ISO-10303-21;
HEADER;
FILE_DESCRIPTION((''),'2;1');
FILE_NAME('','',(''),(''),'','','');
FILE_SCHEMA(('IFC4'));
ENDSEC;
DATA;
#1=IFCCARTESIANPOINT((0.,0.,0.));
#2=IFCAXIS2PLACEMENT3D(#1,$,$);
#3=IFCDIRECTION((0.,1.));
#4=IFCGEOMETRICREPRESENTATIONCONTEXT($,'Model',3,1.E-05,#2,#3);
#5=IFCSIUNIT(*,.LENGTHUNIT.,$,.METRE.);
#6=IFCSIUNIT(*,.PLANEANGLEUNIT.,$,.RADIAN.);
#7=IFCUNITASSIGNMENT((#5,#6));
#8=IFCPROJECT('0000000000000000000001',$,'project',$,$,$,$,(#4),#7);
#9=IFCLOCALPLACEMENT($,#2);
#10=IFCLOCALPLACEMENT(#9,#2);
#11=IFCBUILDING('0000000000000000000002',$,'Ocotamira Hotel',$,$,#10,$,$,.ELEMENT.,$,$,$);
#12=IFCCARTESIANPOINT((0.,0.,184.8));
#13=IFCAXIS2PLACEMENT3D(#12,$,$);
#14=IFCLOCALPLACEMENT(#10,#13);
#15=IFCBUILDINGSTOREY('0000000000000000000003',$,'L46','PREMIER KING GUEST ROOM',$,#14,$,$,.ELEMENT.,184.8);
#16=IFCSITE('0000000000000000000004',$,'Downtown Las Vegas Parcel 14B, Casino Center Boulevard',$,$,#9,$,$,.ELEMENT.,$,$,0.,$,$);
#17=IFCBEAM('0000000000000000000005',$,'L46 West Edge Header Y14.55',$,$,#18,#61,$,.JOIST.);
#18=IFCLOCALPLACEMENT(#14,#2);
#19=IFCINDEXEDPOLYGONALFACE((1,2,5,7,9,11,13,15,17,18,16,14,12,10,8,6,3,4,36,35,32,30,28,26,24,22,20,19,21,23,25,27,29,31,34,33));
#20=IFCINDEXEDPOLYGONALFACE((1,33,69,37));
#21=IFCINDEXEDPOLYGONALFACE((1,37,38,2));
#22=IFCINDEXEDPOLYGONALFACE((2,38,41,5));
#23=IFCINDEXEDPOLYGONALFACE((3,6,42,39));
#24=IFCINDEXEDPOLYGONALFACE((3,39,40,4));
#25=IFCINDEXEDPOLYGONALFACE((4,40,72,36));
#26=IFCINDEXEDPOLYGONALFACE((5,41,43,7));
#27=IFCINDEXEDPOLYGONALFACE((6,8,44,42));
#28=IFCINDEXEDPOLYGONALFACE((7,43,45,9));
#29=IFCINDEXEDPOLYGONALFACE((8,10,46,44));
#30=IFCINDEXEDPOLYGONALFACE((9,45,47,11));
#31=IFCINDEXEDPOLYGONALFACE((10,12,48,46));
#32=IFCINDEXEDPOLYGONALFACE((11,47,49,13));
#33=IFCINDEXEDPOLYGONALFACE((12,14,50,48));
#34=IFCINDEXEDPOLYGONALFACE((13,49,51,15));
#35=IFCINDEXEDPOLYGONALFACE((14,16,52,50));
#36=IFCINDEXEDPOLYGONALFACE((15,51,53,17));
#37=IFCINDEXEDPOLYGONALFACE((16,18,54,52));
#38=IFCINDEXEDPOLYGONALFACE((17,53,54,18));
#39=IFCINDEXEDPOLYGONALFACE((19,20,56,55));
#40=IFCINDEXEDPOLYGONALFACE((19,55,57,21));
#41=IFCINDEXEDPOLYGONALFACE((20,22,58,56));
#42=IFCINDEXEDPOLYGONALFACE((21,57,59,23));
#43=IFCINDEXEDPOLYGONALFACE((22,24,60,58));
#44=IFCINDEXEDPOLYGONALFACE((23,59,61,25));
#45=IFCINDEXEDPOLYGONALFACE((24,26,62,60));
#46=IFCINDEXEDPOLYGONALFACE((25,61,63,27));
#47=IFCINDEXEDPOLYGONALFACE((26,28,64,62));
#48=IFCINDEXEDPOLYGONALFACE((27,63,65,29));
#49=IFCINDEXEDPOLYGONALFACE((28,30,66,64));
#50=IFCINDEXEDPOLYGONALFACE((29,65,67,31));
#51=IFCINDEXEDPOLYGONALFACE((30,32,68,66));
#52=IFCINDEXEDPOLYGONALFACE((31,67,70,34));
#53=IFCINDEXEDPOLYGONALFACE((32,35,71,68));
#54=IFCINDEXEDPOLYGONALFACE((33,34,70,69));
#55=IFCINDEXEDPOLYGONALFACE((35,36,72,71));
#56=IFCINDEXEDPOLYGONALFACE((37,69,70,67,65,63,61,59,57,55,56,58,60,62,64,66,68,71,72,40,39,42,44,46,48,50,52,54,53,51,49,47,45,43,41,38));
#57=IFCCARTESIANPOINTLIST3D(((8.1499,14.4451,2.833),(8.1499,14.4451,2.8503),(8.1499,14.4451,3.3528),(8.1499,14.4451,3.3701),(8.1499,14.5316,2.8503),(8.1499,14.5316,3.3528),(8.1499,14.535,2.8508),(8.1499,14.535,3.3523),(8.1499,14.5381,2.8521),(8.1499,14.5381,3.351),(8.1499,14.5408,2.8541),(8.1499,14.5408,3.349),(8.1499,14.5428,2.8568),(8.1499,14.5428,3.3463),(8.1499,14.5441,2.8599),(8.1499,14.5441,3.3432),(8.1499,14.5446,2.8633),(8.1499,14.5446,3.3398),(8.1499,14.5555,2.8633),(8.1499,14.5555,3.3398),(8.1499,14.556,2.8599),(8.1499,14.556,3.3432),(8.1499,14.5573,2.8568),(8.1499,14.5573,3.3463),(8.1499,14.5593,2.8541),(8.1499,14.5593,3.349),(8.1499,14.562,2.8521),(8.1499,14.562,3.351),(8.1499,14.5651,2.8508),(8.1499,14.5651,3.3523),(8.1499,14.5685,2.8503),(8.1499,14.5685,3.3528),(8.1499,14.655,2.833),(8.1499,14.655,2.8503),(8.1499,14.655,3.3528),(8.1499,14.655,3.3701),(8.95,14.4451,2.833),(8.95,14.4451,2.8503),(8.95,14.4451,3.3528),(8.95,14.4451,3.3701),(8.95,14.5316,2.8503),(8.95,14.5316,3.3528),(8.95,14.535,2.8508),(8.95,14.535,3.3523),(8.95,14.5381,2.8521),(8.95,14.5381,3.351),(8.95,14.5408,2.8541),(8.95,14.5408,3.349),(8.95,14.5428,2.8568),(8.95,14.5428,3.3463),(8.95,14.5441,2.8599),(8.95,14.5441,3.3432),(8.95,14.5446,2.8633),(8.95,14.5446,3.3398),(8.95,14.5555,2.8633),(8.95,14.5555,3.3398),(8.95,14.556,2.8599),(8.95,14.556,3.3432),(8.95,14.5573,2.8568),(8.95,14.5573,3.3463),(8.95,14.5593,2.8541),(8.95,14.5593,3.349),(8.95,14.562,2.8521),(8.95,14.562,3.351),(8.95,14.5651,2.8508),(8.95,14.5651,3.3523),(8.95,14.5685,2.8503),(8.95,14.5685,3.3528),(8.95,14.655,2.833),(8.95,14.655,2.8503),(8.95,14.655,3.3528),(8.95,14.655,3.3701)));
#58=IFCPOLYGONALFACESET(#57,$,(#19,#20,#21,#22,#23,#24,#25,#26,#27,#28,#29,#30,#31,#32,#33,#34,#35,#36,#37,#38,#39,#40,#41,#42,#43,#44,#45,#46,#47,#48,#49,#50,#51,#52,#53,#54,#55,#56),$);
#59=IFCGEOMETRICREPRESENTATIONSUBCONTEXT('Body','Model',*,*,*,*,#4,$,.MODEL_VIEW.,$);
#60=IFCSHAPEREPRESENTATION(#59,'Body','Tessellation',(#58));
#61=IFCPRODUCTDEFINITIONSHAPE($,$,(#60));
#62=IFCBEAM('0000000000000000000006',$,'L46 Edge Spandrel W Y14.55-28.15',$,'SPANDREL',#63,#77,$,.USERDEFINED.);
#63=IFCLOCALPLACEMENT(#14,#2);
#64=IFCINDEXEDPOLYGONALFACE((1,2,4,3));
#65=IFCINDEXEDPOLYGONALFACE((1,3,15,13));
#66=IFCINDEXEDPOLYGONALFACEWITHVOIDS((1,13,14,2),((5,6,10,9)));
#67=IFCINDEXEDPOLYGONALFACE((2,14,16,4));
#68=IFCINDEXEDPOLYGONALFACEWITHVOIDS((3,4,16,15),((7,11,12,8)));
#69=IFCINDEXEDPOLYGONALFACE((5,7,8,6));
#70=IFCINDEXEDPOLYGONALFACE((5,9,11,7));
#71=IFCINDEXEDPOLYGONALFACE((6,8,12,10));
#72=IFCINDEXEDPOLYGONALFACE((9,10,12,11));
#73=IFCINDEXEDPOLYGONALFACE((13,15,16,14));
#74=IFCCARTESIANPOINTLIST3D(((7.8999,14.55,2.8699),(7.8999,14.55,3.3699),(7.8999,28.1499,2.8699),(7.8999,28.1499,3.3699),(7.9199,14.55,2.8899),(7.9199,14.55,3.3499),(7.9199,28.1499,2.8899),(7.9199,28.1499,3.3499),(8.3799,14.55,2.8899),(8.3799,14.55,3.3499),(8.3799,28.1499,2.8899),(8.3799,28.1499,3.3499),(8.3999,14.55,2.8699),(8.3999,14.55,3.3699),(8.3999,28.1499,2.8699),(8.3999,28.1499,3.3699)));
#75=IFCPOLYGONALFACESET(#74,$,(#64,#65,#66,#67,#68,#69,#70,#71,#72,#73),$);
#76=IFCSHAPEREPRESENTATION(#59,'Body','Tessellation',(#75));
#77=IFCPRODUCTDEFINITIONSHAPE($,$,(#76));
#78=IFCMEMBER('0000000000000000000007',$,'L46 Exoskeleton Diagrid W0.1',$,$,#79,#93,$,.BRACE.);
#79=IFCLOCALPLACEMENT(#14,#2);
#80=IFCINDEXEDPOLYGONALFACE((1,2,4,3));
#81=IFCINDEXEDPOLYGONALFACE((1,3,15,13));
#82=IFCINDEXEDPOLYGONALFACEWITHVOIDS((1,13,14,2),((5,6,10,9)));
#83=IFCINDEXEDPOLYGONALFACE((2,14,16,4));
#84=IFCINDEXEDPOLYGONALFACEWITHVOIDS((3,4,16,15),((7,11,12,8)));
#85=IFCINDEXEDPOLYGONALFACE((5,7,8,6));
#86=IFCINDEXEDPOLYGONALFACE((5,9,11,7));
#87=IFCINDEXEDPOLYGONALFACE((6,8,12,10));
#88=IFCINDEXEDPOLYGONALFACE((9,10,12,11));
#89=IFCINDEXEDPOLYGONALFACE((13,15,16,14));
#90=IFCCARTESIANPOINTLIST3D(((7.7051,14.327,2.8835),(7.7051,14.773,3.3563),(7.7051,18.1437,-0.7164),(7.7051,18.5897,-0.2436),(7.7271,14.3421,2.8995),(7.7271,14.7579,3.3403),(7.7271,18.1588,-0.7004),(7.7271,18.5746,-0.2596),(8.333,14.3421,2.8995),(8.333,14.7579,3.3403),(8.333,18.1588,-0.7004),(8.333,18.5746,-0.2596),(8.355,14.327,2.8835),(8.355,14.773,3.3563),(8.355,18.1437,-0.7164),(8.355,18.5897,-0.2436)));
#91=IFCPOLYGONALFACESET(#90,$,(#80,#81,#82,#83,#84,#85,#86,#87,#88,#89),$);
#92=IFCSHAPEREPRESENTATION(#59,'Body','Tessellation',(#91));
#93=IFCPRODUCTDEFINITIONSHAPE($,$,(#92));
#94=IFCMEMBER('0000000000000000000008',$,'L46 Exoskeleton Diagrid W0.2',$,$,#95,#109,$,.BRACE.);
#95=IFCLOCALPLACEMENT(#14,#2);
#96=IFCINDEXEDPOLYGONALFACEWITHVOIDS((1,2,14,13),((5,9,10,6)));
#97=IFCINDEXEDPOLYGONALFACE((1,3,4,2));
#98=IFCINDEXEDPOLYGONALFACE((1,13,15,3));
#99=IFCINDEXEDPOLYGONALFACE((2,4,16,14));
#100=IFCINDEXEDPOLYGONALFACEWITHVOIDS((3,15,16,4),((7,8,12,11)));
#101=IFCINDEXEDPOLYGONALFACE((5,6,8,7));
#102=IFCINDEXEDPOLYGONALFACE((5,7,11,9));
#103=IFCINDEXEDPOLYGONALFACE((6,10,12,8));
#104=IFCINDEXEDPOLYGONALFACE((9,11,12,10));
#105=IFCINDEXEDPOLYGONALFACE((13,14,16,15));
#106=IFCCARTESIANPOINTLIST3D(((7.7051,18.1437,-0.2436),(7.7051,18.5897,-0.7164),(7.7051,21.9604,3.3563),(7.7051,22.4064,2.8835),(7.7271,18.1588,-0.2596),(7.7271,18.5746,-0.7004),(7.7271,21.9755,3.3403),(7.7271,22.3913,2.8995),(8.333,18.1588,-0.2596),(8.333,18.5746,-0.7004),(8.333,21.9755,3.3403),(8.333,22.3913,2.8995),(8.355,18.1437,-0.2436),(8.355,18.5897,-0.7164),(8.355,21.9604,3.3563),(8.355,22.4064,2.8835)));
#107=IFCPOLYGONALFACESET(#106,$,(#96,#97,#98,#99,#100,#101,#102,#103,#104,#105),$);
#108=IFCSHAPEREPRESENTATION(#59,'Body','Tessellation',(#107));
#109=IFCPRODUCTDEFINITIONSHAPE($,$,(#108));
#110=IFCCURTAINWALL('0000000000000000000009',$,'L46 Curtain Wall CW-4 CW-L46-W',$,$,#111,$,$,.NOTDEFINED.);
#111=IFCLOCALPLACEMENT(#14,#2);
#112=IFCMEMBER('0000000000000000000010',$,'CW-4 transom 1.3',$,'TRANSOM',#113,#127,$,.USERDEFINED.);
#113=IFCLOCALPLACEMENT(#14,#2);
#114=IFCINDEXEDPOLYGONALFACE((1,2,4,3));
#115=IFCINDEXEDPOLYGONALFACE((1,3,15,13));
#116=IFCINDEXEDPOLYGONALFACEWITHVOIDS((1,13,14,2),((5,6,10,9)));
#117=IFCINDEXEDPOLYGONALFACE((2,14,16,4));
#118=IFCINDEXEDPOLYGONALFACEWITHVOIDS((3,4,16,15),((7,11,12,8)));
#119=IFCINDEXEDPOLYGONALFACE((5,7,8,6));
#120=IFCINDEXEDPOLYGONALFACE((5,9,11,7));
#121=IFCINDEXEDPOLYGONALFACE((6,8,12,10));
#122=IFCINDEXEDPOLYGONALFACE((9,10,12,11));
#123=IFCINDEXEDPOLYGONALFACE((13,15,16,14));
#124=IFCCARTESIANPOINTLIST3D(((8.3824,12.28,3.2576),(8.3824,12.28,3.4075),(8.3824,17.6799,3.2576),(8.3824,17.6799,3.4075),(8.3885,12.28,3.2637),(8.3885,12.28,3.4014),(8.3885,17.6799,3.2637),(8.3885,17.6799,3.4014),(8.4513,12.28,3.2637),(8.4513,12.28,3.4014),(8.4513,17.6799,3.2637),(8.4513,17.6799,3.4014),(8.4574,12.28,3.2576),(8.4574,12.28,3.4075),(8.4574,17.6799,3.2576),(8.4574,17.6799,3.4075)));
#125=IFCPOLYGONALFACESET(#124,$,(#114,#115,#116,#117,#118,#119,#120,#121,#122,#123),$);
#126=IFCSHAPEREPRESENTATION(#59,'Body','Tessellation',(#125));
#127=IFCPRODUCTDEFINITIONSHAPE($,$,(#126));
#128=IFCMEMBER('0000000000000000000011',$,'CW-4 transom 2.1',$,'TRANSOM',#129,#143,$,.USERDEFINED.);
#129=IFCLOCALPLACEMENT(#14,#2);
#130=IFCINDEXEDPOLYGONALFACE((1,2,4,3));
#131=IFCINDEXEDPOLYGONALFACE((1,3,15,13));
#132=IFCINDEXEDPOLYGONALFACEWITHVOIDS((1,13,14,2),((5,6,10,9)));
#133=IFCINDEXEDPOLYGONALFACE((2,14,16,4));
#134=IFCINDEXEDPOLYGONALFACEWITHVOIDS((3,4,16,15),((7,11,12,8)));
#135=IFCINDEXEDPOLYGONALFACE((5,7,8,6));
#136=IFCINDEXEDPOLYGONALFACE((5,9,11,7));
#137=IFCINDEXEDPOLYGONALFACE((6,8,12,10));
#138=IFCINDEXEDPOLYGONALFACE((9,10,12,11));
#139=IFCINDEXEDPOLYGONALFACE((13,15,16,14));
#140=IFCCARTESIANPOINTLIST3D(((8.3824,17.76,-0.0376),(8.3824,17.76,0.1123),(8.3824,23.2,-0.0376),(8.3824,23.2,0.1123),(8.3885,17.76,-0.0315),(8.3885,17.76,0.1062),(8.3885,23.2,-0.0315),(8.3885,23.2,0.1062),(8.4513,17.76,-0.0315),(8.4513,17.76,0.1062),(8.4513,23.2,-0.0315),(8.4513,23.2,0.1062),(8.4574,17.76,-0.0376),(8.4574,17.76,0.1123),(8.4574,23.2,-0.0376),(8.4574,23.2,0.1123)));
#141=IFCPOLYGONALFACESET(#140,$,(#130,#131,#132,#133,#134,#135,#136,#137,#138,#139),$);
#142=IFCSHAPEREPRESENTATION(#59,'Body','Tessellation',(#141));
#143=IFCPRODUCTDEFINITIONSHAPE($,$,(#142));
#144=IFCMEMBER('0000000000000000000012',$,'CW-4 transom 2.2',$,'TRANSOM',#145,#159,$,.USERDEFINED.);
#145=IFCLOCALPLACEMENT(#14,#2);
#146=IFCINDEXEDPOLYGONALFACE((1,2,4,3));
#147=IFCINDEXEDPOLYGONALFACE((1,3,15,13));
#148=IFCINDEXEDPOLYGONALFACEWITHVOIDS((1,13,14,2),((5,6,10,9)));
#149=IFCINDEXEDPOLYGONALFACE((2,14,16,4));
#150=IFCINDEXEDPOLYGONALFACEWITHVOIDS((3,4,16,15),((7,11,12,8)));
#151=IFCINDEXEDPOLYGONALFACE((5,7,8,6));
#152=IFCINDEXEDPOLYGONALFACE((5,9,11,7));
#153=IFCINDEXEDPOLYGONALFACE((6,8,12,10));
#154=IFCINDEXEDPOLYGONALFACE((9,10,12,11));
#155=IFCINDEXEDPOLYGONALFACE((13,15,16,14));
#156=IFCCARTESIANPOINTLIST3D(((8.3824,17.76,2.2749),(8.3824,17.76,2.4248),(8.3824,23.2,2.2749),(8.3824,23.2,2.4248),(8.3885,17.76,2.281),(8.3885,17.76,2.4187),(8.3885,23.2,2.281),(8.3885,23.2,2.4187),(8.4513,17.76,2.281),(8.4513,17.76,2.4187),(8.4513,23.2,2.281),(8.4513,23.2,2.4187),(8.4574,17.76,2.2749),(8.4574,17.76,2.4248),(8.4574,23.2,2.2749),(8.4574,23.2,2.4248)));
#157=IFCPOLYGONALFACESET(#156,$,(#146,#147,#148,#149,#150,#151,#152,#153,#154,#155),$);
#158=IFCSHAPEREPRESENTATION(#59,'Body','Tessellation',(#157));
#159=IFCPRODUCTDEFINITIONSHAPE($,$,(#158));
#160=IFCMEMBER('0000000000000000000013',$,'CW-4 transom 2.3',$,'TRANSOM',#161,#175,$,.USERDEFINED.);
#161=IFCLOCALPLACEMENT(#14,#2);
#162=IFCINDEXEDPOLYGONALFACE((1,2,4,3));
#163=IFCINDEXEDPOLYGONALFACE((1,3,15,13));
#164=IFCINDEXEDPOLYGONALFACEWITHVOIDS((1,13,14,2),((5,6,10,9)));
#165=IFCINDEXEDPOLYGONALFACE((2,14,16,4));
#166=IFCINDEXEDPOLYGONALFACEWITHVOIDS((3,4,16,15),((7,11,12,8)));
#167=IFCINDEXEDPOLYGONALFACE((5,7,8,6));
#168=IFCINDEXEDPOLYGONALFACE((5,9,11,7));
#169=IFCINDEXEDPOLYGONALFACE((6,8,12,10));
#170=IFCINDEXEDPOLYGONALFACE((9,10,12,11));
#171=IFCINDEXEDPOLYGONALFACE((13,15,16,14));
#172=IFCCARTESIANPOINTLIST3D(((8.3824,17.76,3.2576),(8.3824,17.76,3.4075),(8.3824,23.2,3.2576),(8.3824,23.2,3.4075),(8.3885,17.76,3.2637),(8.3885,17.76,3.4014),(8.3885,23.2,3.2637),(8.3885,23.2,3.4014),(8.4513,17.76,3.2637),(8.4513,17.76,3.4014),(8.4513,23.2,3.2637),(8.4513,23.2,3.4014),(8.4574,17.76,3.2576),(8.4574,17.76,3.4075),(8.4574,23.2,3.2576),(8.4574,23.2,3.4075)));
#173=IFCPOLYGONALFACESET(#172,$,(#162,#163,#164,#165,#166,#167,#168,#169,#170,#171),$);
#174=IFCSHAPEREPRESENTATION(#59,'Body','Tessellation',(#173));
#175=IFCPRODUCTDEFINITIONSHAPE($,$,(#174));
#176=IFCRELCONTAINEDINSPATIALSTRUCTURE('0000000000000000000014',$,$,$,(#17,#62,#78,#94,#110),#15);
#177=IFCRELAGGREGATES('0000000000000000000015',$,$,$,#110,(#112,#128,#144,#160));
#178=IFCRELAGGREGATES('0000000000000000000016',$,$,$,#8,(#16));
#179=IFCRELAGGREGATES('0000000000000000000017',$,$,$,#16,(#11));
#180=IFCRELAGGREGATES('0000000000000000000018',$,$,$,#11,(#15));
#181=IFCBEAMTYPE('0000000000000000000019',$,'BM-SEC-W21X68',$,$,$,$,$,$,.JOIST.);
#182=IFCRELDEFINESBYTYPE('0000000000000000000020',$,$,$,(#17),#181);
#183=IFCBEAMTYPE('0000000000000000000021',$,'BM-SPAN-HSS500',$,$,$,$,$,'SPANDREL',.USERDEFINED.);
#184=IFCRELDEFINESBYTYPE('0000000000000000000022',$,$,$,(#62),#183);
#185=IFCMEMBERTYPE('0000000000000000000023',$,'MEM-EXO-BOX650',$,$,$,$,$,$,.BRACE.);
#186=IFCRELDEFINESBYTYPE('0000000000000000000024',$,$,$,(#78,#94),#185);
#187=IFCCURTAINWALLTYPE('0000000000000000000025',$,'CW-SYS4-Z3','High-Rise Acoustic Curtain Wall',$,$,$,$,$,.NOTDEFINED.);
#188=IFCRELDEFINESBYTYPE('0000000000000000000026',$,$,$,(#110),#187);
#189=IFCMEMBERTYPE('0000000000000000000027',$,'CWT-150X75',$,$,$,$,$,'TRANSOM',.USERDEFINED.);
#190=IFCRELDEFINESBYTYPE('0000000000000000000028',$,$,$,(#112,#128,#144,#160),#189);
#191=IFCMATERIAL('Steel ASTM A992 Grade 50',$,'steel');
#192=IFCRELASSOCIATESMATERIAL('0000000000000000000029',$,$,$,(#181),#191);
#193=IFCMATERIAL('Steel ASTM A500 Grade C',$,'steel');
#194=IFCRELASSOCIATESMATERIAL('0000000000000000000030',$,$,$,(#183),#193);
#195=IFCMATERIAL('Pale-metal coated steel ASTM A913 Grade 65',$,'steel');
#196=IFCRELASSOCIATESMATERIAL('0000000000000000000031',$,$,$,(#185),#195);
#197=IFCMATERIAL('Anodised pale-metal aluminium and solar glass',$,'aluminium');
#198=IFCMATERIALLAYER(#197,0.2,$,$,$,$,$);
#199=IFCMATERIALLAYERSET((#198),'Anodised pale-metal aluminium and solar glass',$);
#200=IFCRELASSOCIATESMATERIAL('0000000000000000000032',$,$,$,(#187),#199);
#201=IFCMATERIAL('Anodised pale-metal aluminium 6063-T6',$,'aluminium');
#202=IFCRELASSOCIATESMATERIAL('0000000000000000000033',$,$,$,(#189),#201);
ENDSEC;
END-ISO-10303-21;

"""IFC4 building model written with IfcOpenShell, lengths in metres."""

from ifc_helpers import new_model, si_unit, direction, frame, origin, origin_2d, place, context, subcontext, project, spatial, hollow_rectangle, i_section, extrude, source, transform, mapped, material, layer, layer_set, material_profile, profile_set, type_object, element, aggregate, save


model = new_model("IFC4")

# Units and contexts
model_context = context("Model", 3, precision=1e-05, world=origin(), true_north=direction((0.0, 1.0)))
body_context = subcontext(model_context, "Body", "Model", "MODEL_VIEW")
ifc_project = project(units=[si_unit("LENGTHUNIT", "METRE"), si_unit("PLANEANGLEUNIT", "RADIAN")], contexts=[model_context])

# Site, building, storey
site_placement = place(None, origin())
site = spatial("IfcSite", under=ifc_project, at=site_placement, Name="Downtown Las Vegas Parcel 14B, Casino Center Boulevard", CompositionType="ELEMENT", RefElevation=0.0)
building_placement = place(site_placement, origin())
building = spatial("IfcBuilding", under=site, at=building_placement, Name="Ocotamira Hotel", CompositionType="ELEMENT")
storey_placement = place(building_placement, frame((0.0, 0.0, 184.8)))
storey = spatial("IfcBuildingStorey", under=building, at=storey_placement, Name="L46", Description="PREMIER KING GUEST ROOM", CompositionType="ELEMENT", Elevation=184.8)

# Beams
ifc_material_1 = material(Name="Steel ASTM A992 Grade 50", Category="steel")
ifc_material_profile_1 = material_profile(ifc_material_1, i_section(OverallWidth=0.21, OverallDepth=0.5371, WebThickness=0.011, FlangeThickness=0.0173, FilletRadius=0.0129, at=origin_2d()), Name="W21X68")
ifc_profile_set_1 = profile_set([ifc_material_profile_1], Name="Steel ASTM A992 Grade 50")
beam_type_1 = type_object("IfcBeamType", Name="BM-SEC-W21X68", PredefinedType="JOIST", material=ifc_profile_set_1)
shared_shape_1 = source(origin(), body_context, "Body", "SweptSolid", [
    extrude(i_section(OverallWidth=0.21, OverallDepth=0.5371, WebThickness=0.011, FlangeThickness=0.0173, FilletRadius=0.0129, at=origin_2d()), origin(), (0.0, 0.0, 1.0), 0.8),
])
beam_1_placement = place(storey_placement, frame((8.95, 14.55, 3.1016), z_axis=(-1.0, 0.0, 0.0), x_axis=(0.0, -1.0, 0.0)))
element("IfcBeam", 1, at=beam_1_placement, inside=storey, type_object=beam_type_1, Name="L46 West Edge Header Y14.55", PredefinedType="JOIST", context=body_context, shape_type="MappedRepresentation", body=[
    mapped(shared_shape_1, transform((0.0, 0.0, 0.0), scale=1.0)),
])
ifc_material_2 = material(Name="Steel ASTM A500 Grade C", Category="steel")
ifc_material_profile_2 = material_profile(ifc_material_2, hollow_rectangle(XDim=0.5, YDim=0.5, WallThickness=0.02, at=origin_2d()), Name="HSS500X500X20")
ifc_profile_set_2 = profile_set([ifc_material_profile_2], Name="Steel ASTM A500 Grade C")
beam_type_2 = type_object("IfcBeamType", Name="BM-SPAN-HSS500", ElementType="SPANDREL", PredefinedType="USERDEFINED", material=ifc_profile_set_2)
shared_shape_2 = source(origin(), body_context, "Body", "SweptSolid", [
    extrude(hollow_rectangle(XDim=0.5, YDim=0.5, WallThickness=0.02, at=origin_2d()), origin(), (0.0, 0.0, 1.0), 13.5999),
])
beam_2_placement = place(storey_placement, frame((8.1499, 14.55, 3.1199), z_axis=(0.0, 1.0, 0.0), x_axis=(-1.0, 0.0, 0.0)))
element("IfcBeam", 2, at=beam_2_placement, inside=storey, type_object=beam_type_2, Name="L46 Edge Spandrel W Y14.55-28.15", ObjectType="SPANDREL", PredefinedType="USERDEFINED", context=body_context, shape_type="MappedRepresentation", body=[
    mapped(shared_shape_2, transform((0.0, 0.0, 0.0), scale=1.0)),
])

# Members
ifc_material_3 = material(Name="Pale-metal coated steel ASTM A913 Grade 65", Category="steel")
ifc_material_profile_3 = material_profile(ifc_material_3, hollow_rectangle(XDim=0.6499, YDim=0.6499, WallThickness=0.022, at=origin_2d()), Name="BOX650X650X22")
ifc_profile_set_3 = profile_set([ifc_material_profile_3], Name="Pale-metal coated steel ASTM A913 Grade 65")
member_type_1 = type_object("IfcMemberType", Name="MEM-EXO-BOX650", PredefinedType="BRACE", material=ifc_profile_set_3)
shared_shape_3 = source(origin(), body_context, "Body", "SweptSolid", [
    extrude(hollow_rectangle(XDim=0.6499, YDim=0.6499, WallThickness=0.022, at=origin_2d()), origin(), (0.0, 0.0, 1.0), 5.2466),
])
for number, where, z_axis, x_axis, name in (
    (3, (8.03, 18.3667, -0.48), (0.0, -0.727466, 0.686144), (1.0, 0.0, 0.0), "L46 Exoskeleton Diagrid W0.1"),
    (4, (8.03, 18.3667, -0.48), (0.0, 0.727466, 0.686144), (-1.0, 0.0, 0.0), "L46 Exoskeleton Diagrid W0.2"),
):
    element("IfcMember", number, at=place(storey_placement, frame(where, z_axis=z_axis, x_axis=x_axis)), inside=storey, type_object=member_type_1, Name=name, PredefinedType="BRACE", context=body_context, shape_type="MappedRepresentation", body=[
        mapped(shared_shape_3, transform((0.0, 0.0, 0.0), scale=1.0)),
    ])

# Curtain wall, members
ifc_material_4 = material(Name="Anodised pale-metal aluminium and solar glass", Category="aluminium")
ifc_layer_1 = layer(ifc_material_4, 0.2)
ifc_layer_set_1 = layer_set([ifc_layer_1], Name="Anodised pale-metal aluminium and solar glass")
curtain_wall_type = type_object("IfcCurtainWallType", Name="CW-SYS4-Z3", Description="High-Rise Acoustic Curtain Wall", PredefinedType="NOTDEFINED", material=ifc_layer_set_1)
curtain_wall_placement = place(storey_placement, origin())
curtain_wall = element("IfcCurtainWall", 5, at=curtain_wall_placement, inside=storey, type_object=curtain_wall_type, Name="L46 Curtain Wall CW-4 CW-L46-W", PredefinedType="NOTDEFINED")
ifc_material_5 = material(Name="Anodised pale-metal aluminium 6063-T6", Category="aluminium")
ifc_material_profile_4 = material_profile(ifc_material_5, hollow_rectangle(XDim=0.075, YDim=0.1499, WallThickness=0.0061, at=origin_2d()), Name="HSS150X75X6")
ifc_profile_set_4 = profile_set([ifc_material_profile_4], Name="Anodised pale-metal aluminium 6063-T6")
member_type_2 = type_object("IfcMemberType", Name="CWT-150X75", ElementType="TRANSOM", PredefinedType="USERDEFINED", material=ifc_profile_set_4)
shared_shape_4 = source(origin(), body_context, "Body", "SweptSolid", [
    extrude(hollow_rectangle(XDim=0.075, YDim=0.1499, WallThickness=0.0061, at=origin_2d()), origin(), (0.0, 0.0, 1.0), 5.3999),
])
member_1_placement = place(storey_placement, frame((8.4199, 12.28, 3.3325), z_axis=(0.0, 1.0, 0.0), x_axis=(-1.0, 0.0, 0.0)))
member_1 = element("IfcMember", 6, at=member_1_placement, type_object=member_type_2, Name="CW-4 transom 1.3", ObjectType="TRANSOM", PredefinedType="USERDEFINED", context=body_context, shape_type="MappedRepresentation", body=[
    mapped(shared_shape_4, transform((0.0, 0.0, 0.0), scale=1.0)),
])
shared_shape_5 = source(origin(), body_context, "Body", "SweptSolid", [
    extrude(hollow_rectangle(XDim=0.075, YDim=0.1499, WallThickness=0.0061, at=origin_2d()), origin(), (0.0, 0.0, 1.0), 5.4399),
])
member_2_placement = place(storey_placement, frame((8.4199, 17.76, 0.0374), z_axis=(0.0, 1.0, 0.0), x_axis=(-1.0, 0.0, 0.0)))
member_2 = element("IfcMember", 7, at=member_2_placement, type_object=member_type_2, Name="CW-4 transom 2.1", ObjectType="TRANSOM", PredefinedType="USERDEFINED", context=body_context, shape_type="MappedRepresentation", body=[
    mapped(shared_shape_5, transform((0.0, 0.0, 0.0), scale=1.0)),
])
member_3_placement = place(storey_placement, frame((8.4199, 17.76, 2.3499), z_axis=(0.0, 1.0, 0.0), x_axis=(-1.0, 0.0, 0.0)))
member_3 = element("IfcMember", 8, at=member_3_placement, type_object=member_type_2, Name="CW-4 transom 2.2", ObjectType="TRANSOM", PredefinedType="USERDEFINED", context=body_context, shape_type="MappedRepresentation", body=[
    mapped(shared_shape_5, transform((0.0, 0.0, 0.0), scale=1.0)),
])
member_4_placement = place(storey_placement, frame((8.4199, 17.76, 3.3325), z_axis=(0.0, 1.0, 0.0), x_axis=(-1.0, 0.0, 0.0)))
member_4 = element("IfcMember", 9, at=member_4_placement, type_object=member_type_2, Name="CW-4 transom 2.3", ObjectType="TRANSOM", PredefinedType="USERDEFINED", context=body_context, shape_type="MappedRepresentation", body=[
    mapped(shared_shape_5, transform((0.0, 0.0, 0.0), scale=1.0)),
])

aggregate(curtain_wall, [member_1, member_2, member_3, member_4])

save(model, "model.ifc")
